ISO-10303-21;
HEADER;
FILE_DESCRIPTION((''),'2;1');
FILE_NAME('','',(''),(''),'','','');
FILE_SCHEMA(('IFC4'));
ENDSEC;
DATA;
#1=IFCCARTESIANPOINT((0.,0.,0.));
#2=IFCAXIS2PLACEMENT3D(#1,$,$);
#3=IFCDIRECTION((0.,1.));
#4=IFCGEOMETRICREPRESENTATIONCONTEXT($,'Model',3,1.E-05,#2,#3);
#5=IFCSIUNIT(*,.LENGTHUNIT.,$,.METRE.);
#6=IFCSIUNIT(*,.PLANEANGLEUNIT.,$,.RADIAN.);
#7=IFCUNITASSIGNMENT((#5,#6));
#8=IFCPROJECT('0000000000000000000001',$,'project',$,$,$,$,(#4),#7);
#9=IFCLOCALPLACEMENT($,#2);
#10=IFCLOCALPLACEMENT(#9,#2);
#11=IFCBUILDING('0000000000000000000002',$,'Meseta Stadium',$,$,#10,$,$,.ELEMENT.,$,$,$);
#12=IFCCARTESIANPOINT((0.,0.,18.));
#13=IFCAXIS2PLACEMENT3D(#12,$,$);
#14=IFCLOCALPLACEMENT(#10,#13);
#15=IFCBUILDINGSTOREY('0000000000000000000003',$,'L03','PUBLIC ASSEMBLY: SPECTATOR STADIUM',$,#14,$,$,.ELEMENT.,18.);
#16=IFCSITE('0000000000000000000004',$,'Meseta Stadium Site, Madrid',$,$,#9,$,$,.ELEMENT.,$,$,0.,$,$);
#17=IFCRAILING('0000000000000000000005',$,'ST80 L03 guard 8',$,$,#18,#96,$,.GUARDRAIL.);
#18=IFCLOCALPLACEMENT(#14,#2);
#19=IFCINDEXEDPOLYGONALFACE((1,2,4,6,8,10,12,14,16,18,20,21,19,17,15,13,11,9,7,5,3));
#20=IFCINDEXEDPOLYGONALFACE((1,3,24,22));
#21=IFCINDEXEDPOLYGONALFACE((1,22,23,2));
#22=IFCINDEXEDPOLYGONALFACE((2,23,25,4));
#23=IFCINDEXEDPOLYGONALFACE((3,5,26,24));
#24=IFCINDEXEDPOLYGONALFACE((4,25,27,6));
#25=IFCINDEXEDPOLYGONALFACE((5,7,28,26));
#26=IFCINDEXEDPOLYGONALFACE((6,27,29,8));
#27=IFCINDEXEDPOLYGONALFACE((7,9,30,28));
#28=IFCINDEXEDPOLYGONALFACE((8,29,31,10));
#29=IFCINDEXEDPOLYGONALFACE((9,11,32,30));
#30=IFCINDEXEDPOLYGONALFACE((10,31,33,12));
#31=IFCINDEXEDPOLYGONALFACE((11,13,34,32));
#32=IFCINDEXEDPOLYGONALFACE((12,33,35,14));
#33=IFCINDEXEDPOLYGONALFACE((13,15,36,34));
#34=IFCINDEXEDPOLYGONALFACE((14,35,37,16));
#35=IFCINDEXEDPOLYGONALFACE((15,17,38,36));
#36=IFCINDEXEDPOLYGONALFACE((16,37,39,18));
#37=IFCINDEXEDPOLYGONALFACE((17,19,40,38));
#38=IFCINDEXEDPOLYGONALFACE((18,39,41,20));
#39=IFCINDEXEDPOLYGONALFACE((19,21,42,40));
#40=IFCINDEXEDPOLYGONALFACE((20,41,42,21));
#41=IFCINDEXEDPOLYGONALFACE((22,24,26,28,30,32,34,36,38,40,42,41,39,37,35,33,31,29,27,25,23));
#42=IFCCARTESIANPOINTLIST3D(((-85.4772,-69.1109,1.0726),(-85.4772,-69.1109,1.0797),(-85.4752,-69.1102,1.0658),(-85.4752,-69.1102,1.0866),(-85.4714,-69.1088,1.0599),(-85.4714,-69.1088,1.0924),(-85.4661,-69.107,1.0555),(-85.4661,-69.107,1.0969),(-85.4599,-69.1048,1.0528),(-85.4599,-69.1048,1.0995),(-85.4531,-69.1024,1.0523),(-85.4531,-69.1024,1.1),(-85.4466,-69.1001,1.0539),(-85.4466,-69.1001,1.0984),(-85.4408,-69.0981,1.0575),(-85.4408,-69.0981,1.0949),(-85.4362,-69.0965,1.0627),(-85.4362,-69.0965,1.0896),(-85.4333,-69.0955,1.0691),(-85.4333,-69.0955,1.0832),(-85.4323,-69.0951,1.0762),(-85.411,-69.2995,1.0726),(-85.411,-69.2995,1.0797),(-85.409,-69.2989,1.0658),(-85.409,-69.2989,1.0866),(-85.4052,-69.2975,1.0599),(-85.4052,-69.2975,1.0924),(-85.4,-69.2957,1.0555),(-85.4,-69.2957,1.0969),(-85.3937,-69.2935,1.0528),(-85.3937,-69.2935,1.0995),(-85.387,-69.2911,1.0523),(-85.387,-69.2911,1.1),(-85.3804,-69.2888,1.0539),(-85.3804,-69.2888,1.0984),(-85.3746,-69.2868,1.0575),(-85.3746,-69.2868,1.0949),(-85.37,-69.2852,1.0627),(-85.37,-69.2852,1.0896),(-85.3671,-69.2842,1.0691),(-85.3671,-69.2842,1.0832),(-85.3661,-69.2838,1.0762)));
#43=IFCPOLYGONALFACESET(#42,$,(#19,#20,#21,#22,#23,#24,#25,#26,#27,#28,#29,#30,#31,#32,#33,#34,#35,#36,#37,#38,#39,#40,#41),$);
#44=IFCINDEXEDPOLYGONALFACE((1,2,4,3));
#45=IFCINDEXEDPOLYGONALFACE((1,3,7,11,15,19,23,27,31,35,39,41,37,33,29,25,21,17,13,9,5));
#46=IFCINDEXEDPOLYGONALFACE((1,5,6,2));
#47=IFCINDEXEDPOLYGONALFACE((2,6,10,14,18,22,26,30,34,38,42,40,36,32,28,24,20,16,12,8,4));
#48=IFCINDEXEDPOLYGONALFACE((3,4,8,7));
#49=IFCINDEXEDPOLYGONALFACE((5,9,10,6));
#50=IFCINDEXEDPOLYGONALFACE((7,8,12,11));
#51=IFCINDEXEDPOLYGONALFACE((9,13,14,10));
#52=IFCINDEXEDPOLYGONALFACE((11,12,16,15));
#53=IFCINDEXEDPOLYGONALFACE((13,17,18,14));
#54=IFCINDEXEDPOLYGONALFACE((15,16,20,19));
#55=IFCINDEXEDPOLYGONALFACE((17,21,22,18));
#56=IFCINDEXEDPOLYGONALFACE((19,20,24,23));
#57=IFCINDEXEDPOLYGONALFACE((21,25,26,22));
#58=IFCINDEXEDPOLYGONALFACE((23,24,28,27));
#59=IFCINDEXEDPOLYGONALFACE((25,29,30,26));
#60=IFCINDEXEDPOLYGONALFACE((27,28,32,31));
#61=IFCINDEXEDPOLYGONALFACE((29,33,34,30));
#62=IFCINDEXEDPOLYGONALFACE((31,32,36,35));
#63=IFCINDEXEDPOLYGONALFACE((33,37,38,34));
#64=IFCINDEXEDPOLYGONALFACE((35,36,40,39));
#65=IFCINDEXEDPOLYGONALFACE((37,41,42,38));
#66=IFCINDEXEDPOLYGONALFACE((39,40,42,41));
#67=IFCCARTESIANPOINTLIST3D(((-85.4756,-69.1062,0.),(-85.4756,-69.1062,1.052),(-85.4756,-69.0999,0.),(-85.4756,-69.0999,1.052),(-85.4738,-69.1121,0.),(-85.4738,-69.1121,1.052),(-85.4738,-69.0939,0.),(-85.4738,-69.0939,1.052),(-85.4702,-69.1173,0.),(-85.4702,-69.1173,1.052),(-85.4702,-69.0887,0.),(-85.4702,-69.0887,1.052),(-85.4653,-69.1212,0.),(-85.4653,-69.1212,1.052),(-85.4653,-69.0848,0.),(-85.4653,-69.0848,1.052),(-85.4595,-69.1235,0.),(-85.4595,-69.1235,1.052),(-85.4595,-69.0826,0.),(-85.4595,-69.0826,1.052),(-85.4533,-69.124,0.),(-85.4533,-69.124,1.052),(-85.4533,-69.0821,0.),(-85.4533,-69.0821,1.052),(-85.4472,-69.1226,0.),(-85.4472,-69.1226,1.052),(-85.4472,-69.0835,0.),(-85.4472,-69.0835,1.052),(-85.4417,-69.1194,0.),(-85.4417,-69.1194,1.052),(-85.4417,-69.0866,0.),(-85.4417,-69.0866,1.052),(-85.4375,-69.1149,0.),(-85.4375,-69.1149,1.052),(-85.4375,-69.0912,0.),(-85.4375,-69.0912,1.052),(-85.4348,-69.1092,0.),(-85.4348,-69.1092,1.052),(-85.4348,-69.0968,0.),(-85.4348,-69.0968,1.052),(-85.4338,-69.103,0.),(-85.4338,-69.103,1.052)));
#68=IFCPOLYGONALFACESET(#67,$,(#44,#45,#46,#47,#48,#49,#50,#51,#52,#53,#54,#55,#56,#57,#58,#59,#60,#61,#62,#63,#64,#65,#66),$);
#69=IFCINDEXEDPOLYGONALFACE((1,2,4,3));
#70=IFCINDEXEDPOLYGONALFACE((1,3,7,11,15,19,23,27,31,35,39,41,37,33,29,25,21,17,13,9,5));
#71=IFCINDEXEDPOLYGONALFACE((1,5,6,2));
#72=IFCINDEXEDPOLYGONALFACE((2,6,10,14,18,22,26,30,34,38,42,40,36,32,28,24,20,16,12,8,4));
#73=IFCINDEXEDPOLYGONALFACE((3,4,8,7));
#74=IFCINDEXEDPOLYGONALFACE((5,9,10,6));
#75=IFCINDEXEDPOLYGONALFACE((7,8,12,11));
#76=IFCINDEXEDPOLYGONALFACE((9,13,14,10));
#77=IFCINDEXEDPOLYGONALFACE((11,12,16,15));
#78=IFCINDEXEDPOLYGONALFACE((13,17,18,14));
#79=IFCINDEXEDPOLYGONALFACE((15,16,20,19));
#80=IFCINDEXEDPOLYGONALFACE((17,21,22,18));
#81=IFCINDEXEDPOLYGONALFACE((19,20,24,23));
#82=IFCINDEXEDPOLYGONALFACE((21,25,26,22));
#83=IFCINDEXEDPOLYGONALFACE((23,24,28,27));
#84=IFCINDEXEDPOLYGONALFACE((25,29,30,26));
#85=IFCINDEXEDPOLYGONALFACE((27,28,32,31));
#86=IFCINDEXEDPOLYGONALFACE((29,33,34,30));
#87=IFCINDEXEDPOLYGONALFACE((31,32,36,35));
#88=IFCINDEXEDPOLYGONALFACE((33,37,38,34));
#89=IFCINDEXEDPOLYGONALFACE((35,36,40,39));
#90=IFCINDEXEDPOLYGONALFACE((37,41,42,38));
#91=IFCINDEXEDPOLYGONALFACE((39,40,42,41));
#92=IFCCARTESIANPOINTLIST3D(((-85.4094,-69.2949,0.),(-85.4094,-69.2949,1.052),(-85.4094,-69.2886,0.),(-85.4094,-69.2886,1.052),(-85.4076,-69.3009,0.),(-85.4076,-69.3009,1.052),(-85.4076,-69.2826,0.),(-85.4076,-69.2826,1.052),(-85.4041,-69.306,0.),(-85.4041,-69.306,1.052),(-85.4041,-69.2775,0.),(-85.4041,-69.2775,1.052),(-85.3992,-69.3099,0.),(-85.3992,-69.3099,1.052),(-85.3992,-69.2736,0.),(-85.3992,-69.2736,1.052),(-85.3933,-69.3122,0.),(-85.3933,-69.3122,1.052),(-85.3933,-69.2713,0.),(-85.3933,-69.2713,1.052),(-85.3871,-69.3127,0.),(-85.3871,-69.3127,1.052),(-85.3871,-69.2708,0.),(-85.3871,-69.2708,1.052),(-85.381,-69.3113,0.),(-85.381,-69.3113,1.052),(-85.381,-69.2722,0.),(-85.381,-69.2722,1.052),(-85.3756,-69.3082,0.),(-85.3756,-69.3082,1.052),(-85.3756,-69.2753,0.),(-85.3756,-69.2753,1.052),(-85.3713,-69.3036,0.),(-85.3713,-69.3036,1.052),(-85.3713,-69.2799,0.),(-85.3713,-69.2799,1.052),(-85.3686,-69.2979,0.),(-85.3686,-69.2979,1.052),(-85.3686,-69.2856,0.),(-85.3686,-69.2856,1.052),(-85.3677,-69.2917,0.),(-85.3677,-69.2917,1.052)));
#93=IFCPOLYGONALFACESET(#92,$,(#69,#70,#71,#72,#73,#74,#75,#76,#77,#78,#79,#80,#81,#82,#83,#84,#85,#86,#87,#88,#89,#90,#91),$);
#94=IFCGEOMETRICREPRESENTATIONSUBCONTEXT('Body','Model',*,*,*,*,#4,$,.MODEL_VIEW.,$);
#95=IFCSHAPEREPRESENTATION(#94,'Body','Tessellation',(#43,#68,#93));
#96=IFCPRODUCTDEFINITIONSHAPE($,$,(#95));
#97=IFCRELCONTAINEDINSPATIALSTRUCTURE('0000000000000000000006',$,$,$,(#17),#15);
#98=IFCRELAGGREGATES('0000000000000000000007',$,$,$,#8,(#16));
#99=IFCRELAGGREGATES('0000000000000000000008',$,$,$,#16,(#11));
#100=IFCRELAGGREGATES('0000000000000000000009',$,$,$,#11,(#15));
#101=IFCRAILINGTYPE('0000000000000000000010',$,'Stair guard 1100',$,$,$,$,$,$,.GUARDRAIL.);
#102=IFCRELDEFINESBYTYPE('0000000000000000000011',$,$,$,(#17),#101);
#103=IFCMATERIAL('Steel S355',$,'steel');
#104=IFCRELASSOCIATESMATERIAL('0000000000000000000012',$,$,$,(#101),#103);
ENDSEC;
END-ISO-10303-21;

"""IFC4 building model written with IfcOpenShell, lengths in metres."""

from ifc_helpers import new_model, si_unit, direction, frame, origin, origin_2d, place, context, subcontext, project, spatial, circle, extrude, material, type_object, element, save


model = new_model("IFC4")

# Units and contexts
model_context = context("Model", 3, precision=1e-05, world=origin(), true_north=direction((0.0, 1.0)))
body_context = subcontext(model_context, "Body", "Model", "MODEL_VIEW")
ifc_project = project(units=[si_unit("LENGTHUNIT", "METRE"), si_unit("PLANEANGLEUNIT", "RADIAN")], contexts=[model_context])

# Site, building, storey
site_placement = place(None, origin())
site = spatial("IfcSite", under=ifc_project, at=site_placement, Name="Meseta Stadium Site, Madrid", CompositionType="ELEMENT", RefElevation=0.0)
building_placement = place(site_placement, origin())
building = spatial("IfcBuilding", under=site, at=building_placement, Name="Meseta Stadium", CompositionType="ELEMENT")
storey_placement = place(building_placement, frame((0.0, 0.0, 18.0)))
storey = spatial("IfcBuildingStorey", under=building, at=storey_placement, Name="L03", Description="PUBLIC ASSEMBLY: SPECTATOR STADIUM", CompositionType="ELEMENT", Elevation=18.0)

# Railing
ifc_material_1 = material(Name="Steel S355", Category="steel")
railing_type = type_object("IfcRailingType", Name="Stair guard 1100", PredefinedType="GUARDRAIL", material=ifc_material_1)
railing_1_placement = place(storey_placement, frame((-85.4548, -69.103, 0.0)))
element("IfcRailing", 1, at=railing_1_placement, inside=storey, type_object=railing_type, Name="ST80 L03 guard 8", PredefinedType="GUARDRAIL", context=body_context, shape_type="SweptSolid", body=[
    extrude(circle(Radius=0.0239, at=origin_2d()), frame((0.0, 0.0, 1.0762), z_axis=(0.33084, -0.943687, 0.0), x_axis=(0.943687, 0.33084, 0.0)), (0.0, 0.0, 1.0), 0.2),
    extrude(circle(Radius=0.021, at=origin_2d()), origin(), (0.0, 0.0, 1.0), 1.052),
    extrude(circle(Radius=0.021, at=origin_2d()), frame((0.0662, -0.1887, 0.0)), (0.0, 0.0, 1.0), 1.052),
])

save(model, "model.ifc")
